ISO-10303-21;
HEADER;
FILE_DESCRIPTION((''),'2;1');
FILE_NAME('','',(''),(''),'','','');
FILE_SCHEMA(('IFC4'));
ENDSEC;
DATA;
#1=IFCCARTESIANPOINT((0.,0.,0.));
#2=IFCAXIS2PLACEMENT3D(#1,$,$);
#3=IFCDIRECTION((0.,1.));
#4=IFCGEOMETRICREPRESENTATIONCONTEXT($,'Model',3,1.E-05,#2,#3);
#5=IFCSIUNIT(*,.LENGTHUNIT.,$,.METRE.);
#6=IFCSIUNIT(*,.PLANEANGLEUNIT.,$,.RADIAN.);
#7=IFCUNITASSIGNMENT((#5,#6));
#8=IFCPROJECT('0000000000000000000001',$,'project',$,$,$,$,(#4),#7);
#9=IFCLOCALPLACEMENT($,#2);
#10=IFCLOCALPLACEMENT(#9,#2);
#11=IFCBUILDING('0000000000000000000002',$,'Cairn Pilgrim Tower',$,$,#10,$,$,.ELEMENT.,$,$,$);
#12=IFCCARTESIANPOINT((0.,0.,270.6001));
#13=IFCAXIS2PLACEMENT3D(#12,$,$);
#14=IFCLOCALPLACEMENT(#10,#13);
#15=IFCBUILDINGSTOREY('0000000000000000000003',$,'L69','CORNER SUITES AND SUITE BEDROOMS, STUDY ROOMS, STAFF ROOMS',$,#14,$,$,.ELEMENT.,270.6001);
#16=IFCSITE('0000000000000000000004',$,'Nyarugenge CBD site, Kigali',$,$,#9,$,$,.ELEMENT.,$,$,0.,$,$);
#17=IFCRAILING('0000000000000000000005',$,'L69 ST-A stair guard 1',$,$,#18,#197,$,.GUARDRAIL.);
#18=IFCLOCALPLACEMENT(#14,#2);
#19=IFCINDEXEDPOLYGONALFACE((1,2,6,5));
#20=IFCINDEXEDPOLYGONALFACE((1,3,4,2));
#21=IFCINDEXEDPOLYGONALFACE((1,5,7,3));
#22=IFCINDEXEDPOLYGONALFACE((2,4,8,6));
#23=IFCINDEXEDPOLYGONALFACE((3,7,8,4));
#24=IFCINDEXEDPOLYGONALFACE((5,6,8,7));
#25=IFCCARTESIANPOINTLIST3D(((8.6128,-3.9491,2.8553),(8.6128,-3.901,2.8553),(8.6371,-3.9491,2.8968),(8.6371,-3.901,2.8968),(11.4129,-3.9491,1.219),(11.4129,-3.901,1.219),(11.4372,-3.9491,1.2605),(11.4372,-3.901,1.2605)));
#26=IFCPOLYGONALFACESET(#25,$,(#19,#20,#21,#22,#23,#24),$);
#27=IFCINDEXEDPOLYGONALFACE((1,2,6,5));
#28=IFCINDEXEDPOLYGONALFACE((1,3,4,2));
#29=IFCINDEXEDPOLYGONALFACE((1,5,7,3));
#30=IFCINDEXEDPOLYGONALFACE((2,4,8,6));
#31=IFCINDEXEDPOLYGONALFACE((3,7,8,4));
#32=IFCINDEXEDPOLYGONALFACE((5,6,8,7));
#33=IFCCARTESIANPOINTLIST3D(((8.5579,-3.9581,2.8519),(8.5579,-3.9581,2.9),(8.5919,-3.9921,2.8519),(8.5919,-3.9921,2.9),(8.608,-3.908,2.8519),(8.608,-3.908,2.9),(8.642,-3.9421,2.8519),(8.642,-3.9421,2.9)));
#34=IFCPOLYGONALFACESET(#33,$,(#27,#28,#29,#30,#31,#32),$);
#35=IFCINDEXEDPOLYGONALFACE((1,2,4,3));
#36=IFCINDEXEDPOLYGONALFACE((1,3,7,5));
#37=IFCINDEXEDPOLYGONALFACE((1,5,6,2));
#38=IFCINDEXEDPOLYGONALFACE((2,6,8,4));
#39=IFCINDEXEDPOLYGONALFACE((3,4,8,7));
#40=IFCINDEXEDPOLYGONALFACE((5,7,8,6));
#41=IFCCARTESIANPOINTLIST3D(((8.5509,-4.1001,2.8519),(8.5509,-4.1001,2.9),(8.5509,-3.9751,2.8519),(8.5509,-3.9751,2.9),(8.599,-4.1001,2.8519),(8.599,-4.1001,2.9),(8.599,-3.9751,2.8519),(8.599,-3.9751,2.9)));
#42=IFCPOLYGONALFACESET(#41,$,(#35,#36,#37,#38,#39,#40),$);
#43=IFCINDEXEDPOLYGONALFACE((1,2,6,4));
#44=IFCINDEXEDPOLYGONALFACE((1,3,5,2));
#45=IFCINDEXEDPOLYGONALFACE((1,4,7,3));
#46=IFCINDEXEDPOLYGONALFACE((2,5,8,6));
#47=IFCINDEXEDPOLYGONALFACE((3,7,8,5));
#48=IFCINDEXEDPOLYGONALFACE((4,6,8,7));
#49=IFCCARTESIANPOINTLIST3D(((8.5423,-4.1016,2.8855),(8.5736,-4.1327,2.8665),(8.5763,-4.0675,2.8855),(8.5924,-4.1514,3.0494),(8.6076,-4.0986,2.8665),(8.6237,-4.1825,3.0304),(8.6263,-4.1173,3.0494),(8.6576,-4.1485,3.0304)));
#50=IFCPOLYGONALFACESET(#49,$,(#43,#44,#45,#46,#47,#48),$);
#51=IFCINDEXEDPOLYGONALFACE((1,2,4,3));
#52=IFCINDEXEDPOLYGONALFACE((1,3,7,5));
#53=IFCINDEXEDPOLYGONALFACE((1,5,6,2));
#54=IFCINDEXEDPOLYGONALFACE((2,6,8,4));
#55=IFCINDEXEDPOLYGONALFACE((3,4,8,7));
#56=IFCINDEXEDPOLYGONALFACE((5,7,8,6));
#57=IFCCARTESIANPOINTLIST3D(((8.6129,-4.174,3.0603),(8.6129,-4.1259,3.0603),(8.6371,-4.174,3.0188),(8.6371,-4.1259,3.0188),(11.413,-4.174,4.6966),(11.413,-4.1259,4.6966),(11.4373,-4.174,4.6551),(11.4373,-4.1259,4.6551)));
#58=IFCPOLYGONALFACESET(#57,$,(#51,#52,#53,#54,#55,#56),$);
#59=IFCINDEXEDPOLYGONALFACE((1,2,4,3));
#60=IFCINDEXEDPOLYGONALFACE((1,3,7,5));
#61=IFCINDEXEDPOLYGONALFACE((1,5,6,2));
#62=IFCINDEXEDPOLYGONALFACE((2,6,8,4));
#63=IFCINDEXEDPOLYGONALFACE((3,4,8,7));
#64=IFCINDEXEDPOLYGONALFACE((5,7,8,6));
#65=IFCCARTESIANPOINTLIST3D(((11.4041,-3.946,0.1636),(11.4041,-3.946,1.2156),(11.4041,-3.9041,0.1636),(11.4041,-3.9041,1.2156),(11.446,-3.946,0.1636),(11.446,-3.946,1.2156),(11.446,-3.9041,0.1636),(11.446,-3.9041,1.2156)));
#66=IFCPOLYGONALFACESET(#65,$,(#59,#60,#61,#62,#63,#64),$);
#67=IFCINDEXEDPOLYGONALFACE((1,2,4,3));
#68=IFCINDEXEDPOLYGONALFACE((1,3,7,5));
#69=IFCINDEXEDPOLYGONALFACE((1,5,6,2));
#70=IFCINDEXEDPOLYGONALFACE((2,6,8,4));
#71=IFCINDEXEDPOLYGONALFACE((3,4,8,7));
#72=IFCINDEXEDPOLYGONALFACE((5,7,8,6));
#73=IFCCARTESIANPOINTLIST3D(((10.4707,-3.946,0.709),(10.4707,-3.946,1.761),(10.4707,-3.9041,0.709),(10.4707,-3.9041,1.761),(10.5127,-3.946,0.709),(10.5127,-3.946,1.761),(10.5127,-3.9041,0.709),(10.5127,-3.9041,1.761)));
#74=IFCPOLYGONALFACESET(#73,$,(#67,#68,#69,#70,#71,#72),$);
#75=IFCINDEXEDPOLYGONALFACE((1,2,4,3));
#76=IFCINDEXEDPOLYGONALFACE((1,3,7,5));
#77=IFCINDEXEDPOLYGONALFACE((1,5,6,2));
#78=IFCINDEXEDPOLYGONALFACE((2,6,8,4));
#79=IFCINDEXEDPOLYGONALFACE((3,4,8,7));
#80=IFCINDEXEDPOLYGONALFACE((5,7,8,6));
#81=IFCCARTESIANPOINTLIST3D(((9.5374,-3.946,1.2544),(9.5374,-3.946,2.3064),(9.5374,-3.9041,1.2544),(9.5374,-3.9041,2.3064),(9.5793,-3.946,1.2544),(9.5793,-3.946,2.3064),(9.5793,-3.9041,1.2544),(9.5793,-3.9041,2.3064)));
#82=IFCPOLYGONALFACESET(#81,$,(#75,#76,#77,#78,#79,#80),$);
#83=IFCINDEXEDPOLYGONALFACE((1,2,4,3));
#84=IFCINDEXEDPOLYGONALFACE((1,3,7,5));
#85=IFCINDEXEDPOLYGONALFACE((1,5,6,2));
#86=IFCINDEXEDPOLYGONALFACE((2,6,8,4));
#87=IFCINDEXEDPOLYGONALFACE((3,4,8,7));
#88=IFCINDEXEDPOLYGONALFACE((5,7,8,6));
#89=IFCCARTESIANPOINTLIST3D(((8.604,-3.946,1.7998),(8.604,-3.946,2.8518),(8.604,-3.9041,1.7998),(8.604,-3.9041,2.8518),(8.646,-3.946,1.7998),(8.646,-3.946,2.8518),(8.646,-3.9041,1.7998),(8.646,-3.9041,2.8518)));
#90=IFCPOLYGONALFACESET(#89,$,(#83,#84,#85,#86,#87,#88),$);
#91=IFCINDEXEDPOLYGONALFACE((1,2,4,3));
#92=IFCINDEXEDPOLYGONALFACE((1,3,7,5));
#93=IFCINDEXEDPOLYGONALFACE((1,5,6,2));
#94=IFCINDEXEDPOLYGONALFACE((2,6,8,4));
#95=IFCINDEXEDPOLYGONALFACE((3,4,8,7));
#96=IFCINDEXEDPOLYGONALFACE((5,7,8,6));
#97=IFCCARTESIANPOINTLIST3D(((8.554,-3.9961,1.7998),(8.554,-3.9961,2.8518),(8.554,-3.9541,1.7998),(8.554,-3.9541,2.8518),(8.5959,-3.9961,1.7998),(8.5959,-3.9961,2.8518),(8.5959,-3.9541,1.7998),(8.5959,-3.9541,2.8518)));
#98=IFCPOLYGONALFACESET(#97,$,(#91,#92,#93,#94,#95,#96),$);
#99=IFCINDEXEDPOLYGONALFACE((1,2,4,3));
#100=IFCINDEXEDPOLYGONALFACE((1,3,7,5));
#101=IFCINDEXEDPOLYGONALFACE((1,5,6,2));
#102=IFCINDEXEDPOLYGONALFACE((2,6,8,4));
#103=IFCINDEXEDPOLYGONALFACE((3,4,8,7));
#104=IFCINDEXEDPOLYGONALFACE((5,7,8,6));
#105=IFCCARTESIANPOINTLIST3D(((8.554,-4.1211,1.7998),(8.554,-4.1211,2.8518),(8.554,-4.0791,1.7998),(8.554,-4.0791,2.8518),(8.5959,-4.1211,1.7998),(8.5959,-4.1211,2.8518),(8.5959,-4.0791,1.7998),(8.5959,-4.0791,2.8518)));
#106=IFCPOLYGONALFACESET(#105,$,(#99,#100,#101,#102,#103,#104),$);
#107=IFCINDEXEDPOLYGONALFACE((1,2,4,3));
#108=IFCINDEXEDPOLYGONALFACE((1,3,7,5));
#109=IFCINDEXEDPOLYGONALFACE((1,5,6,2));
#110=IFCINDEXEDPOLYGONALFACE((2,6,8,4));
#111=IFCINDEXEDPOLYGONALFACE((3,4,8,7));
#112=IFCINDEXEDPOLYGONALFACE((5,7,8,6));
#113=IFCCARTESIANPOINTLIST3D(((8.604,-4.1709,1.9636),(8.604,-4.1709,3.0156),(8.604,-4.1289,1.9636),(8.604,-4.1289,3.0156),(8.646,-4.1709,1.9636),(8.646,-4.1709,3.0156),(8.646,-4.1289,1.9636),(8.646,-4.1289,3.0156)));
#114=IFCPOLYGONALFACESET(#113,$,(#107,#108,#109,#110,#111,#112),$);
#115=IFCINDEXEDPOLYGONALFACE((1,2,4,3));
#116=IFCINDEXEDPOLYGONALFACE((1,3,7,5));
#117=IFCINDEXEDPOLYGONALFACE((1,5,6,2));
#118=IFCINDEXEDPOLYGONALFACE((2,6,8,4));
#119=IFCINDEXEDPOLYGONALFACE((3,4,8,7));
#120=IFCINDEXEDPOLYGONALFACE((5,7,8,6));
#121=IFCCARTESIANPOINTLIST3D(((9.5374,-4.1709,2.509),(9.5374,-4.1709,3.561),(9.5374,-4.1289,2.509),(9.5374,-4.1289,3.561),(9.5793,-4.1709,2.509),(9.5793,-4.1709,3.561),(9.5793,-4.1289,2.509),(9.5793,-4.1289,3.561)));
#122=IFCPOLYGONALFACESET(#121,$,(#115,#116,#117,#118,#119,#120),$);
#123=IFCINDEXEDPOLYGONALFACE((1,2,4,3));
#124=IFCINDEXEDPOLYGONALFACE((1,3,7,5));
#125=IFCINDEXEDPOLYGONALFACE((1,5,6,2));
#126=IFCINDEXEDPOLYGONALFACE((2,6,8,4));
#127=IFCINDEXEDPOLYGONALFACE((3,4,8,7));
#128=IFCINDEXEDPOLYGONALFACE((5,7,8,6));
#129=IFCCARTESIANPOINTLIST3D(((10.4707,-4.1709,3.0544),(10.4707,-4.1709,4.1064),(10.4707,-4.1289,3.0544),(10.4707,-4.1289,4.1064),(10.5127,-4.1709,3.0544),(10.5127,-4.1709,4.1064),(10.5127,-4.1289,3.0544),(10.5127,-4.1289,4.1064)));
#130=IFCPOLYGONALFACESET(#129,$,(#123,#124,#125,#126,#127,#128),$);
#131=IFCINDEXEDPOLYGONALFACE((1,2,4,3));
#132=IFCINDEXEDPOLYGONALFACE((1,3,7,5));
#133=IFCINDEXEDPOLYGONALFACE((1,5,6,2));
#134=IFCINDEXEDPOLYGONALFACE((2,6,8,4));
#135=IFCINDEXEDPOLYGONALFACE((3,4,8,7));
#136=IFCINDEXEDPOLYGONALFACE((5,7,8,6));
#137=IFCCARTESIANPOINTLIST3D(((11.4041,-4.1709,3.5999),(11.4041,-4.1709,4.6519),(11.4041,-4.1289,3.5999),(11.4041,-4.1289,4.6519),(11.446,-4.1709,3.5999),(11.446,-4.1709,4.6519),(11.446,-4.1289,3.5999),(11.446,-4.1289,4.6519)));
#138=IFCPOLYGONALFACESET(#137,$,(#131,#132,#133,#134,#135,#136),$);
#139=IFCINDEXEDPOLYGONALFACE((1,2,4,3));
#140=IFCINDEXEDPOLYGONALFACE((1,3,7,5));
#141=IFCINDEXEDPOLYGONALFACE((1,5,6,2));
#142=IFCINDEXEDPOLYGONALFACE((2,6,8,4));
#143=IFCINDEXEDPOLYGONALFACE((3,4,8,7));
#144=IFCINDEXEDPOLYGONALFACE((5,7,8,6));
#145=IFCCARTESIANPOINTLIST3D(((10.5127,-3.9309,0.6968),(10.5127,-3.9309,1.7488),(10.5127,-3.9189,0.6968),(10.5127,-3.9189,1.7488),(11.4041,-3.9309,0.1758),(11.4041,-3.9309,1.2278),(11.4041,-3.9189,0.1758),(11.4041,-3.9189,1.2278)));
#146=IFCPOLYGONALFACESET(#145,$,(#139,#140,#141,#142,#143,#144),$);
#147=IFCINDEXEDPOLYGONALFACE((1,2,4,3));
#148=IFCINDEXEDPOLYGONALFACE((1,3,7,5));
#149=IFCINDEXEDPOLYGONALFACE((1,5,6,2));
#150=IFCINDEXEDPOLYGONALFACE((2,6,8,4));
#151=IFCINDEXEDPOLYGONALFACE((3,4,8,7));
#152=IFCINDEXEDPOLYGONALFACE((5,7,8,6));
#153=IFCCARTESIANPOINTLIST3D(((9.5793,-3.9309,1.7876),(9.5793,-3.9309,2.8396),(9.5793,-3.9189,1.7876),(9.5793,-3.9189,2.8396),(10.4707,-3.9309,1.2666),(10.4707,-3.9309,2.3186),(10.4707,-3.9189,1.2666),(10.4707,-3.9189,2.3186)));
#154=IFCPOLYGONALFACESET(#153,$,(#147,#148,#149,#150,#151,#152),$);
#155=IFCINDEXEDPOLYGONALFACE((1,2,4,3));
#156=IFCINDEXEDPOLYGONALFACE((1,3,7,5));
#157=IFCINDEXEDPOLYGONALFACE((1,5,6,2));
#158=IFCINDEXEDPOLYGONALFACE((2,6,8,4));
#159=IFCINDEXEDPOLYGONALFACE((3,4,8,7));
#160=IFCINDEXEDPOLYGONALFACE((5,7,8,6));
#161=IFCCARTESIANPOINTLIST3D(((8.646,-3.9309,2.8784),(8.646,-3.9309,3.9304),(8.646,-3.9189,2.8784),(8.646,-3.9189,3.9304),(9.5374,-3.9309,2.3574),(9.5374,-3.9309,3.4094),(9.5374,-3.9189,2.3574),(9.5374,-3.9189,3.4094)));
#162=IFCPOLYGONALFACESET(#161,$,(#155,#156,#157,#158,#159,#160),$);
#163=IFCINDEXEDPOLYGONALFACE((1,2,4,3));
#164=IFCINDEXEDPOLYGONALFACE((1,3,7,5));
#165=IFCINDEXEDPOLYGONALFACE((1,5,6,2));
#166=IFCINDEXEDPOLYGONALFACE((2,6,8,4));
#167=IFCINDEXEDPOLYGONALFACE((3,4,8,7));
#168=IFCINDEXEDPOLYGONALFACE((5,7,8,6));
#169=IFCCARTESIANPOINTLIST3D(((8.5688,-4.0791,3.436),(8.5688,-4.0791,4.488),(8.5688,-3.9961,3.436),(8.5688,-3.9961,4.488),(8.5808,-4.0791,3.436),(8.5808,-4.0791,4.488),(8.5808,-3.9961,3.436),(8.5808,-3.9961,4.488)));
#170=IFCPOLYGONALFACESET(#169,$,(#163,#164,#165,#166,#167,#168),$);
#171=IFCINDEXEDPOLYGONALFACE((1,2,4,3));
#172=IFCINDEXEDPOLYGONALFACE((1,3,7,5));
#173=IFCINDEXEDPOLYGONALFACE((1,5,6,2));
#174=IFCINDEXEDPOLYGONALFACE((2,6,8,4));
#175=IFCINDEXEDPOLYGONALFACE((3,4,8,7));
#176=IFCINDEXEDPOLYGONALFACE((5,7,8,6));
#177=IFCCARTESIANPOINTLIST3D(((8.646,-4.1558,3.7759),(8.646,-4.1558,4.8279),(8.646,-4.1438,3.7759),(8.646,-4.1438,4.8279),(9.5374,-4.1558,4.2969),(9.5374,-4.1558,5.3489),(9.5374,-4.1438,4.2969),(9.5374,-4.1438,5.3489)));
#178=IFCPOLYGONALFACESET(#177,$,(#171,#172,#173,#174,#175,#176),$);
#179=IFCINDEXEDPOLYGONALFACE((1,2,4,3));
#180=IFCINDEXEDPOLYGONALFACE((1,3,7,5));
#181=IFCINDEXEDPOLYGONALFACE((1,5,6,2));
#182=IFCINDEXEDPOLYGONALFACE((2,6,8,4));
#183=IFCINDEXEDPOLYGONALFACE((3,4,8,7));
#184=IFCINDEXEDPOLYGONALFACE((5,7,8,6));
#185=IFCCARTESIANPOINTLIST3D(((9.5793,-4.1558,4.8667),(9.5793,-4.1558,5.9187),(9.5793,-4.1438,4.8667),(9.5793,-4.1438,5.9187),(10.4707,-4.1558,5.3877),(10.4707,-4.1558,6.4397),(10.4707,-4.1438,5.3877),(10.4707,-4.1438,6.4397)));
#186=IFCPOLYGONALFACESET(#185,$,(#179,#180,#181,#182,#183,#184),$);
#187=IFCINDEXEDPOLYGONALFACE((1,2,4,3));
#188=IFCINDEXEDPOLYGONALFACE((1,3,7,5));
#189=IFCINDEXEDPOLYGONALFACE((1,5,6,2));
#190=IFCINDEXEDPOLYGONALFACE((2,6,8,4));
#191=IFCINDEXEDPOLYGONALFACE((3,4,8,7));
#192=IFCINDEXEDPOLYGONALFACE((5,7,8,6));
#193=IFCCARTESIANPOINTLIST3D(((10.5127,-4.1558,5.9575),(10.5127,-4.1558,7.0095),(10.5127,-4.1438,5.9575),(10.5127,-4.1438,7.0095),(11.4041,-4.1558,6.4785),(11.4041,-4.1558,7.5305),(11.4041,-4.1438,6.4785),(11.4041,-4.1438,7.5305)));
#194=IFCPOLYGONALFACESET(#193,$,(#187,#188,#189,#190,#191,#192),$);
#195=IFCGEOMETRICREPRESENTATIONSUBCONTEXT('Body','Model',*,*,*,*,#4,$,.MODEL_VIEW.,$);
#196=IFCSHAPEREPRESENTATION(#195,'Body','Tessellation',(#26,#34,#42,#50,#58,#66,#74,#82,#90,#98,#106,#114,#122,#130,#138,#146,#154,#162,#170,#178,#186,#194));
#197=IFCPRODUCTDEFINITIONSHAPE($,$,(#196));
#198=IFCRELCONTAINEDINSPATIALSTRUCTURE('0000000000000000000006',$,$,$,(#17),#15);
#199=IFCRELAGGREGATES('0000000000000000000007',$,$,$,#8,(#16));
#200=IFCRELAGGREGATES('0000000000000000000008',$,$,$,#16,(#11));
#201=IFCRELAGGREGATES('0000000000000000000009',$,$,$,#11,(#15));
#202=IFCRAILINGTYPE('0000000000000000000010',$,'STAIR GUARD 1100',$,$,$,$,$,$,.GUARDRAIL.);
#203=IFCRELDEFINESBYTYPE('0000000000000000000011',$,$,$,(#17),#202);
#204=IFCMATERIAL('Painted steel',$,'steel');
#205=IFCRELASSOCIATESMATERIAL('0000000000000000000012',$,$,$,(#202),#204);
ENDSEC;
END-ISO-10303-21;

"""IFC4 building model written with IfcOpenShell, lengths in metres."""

from ifc_helpers import new_model, si_unit, direction, frame, origin, origin_2d, place, context, subcontext, project, spatial, polyline, rectangle, outline, extrude, material, type_object, element, save


model = new_model("IFC4")

# Units and contexts
model_context = context("Model", 3, precision=1e-05, world=origin(), true_north=direction((0.0, 1.0)))
body_context = subcontext(model_context, "Body", "Model", "MODEL_VIEW")
ifc_project = project(units=[si_unit("LENGTHUNIT", "METRE"), si_unit("PLANEANGLEUNIT", "RADIAN")], contexts=[model_context])

# Site, building, storey
site_placement = place(None, origin())
site = spatial("IfcSite", under=ifc_project, at=site_placement, Name="Nyarugenge CBD site, Kigali", CompositionType="ELEMENT", RefElevation=0.0)
building_placement = place(site_placement, origin())
building = spatial("IfcBuilding", under=site, at=building_placement, Name="Cairn Pilgrim Tower", CompositionType="ELEMENT")
storey_placement = place(building_placement, frame((0.0, 0.0, 270.6001)))
storey = spatial("IfcBuildingStorey", under=building, at=storey_placement, Name="L69", Description="CORNER SUITES AND SUITE BEDROOMS, STUDY ROOMS, STAFF ROOMS", CompositionType="ELEMENT", Elevation=270.6001)

# Shared definitions
ifc_material_1 = material(Name="Painted steel", Category="steel")

# Railing
railing_type_1 = type_object("IfcRailingType", Name="STAIR GUARD 1100", PredefinedType="GUARDRAIL", material=ifc_material_1)
railing_1_placement = place(storey_placement, frame((11.425, -3.925, 0.1636)))
element("IfcRailing", 1, at=railing_1_placement, inside=storey, type_object=railing_type_1, Name="L69 ST-A stair guard 1", PredefinedType="GUARDRAIL", context=body_context, shape_type="SweptSolid", body=[
    extrude(rectangle(XDim=0.0481, YDim=0.0481, at=origin_2d()), frame((0.0, 0.0, 1.0762), z_axis=(-0.863394, 0.0, 0.504531), x_axis=(0.0, -1.0, 0.0)), (0.0, 0.0, 1.0), 3.2432),
    extrude(rectangle(XDim=0.0481, YDim=0.0481, at=origin_2d()), frame((-2.8, 0.0, 2.7124), z_axis=(-0.707107, -0.707107, 0.0), x_axis=(0.707107, -0.707107, 0.0)), (0.0, 0.0, 1.0), 0.0708),
    extrude(rectangle(XDim=0.0481, YDim=0.0481, at=origin_2d()), frame((-2.8501, -0.05, 2.7124), z_axis=(0.0, -1.0, 0.0), x_axis=(1.0, 0.0, 0.0)), (0.0, 0.0, 1.0), 0.125),
    extrude(rectangle(XDim=0.0481, YDim=0.0481, at=origin_2d()), frame((-2.8501, -0.175, 2.7124), z_axis=(0.280564, -0.279195, 0.918332), x_axis=(0.705376, 0.708834, 0.0)), (0.0, 0.0, 1.0), 0.1785),
    extrude(rectangle(XDim=0.0481, YDim=0.0481, at=origin_2d()), frame((-2.8, -0.2249, 2.876), z_axis=(0.863394, 0.0, 0.504531), x_axis=(0.0, 1.0, 0.0)), (0.0, 0.0, 1.0), 3.2432),
    extrude(rectangle(XDim=0.042, YDim=0.042, at=origin_2d()), origin(), (0.0, 0.0, 1.0), 1.052),
    extrude(rectangle(XDim=0.042, YDim=0.042, at=origin_2d()), frame((-0.9333, 0.0, 0.5454)), (0.0, 0.0, 1.0), 1.052),
    extrude(rectangle(XDim=0.042, YDim=0.042, at=origin_2d()), frame((-1.8667, 0.0, 1.0908)), (0.0, 0.0, 1.0), 1.052),
    extrude(rectangle(XDim=0.042, YDim=0.042, at=origin_2d()), frame((-2.8, 0.0, 1.6362)), (0.0, 0.0, 1.0), 1.052),
    extrude(rectangle(XDim=0.042, YDim=0.042, at=origin_2d()), frame((-2.8501, -0.05, 1.6362)), (0.0, 0.0, 1.0), 1.052),
    extrude(rectangle(XDim=0.042, YDim=0.042, at=origin_2d()), frame((-2.8501, -0.175, 1.6362)), (0.0, 0.0, 1.0), 1.052),
    extrude(rectangle(XDim=0.042, YDim=0.042, at=origin_2d()), frame((-2.8, -0.2249, 1.8)), (0.0, 0.0, 1.0), 1.052),
    extrude(rectangle(XDim=0.042, YDim=0.042, at=origin_2d()), frame((-1.8667, -0.2249, 2.3455)), (0.0, 0.0, 1.0), 1.052),
    extrude(rectangle(XDim=0.042, YDim=0.042, at=origin_2d()), frame((-0.9333, -0.2249, 2.8909)), (0.0, 0.0, 1.0), 1.052),
    extrude(rectangle(XDim=0.042, YDim=0.042, at=origin_2d()), frame((0.0, -0.2249, 3.4363)), (0.0, 0.0, 1.0), 1.052),
    extrude(outline(polyline([(0.021, 0.0122), (0.9124, 0.5332), (0.9124, 1.5852), (0.021, 1.0642), (0.021, 0.0122)])), frame((0.0, -0.0059, 0.0), z_axis=(0.0, 1.0, 0.0), x_axis=(-1.0, 0.0, 0.0)), (0.0, 0.0, 1.0), 0.012),
    extrude(outline(polyline([(0.021, 0.5576), (0.9124, 1.0786), (0.9124, 2.1306), (0.021, 1.6096), (0.021, 0.5576)])), frame((-0.9333, -0.0059, 0.5454), z_axis=(0.0, 1.0, 0.0), x_axis=(-1.0, 0.0, 0.0)), (0.0, 0.0, 1.0), 0.012),
    extrude(outline(polyline([(0.021, 1.103), (0.9124, 1.624), (0.9124, 2.676), (0.021, 2.155), (0.021, 1.103)])), frame((-1.8667, -0.0059, 1.0908), z_axis=(0.0, 1.0, 0.0), x_axis=(-1.0, 0.0, 0.0)), (0.0, 0.0, 1.0), 0.012),
    extrude(outline(polyline([(0.021, 1.6362), (0.104, 1.6362), (0.104, 2.6882), (0.021, 2.6882), (0.021, 1.6362)])), frame((-2.8442, -0.05, 1.6362), z_axis=(-1.0, 0.0, 0.0), x_axis=(0.0, -1.0, 0.0)), (0.0, 0.0, 1.0), 0.012),
    extrude(outline(polyline([(0.021, 1.8123), (0.9124, 2.3333), (0.9124, 3.3853), (0.021, 2.8643), (0.021, 1.8123)])), frame((-2.8, -0.2188, 1.8), z_axis=(0.0, -1.0, 0.0), x_axis=(1.0, 0.0, 0.0)), (0.0, 0.0, 1.0), 0.012),
    extrude(outline(polyline([(0.021, 2.3577), (0.9124, 2.8787), (0.9124, 3.9307), (0.021, 3.4097), (0.021, 2.3577)])), frame((-1.8667, -0.2188, 2.3455), z_axis=(0.0, -1.0, 0.0), x_axis=(1.0, 0.0, 0.0)), (0.0, 0.0, 1.0), 0.012),
    extrude(outline(polyline([(0.021, 2.9031), (0.9124, 3.4241), (0.9124, 4.4761), (0.021, 3.9551), (0.021, 2.9031)])), frame((-0.9333, -0.2188, 2.8909), z_axis=(0.0, -1.0, 0.0), x_axis=(1.0, 0.0, 0.0)), (0.0, 0.0, 1.0), 0.012),
])

save(model, "model.ifc")
